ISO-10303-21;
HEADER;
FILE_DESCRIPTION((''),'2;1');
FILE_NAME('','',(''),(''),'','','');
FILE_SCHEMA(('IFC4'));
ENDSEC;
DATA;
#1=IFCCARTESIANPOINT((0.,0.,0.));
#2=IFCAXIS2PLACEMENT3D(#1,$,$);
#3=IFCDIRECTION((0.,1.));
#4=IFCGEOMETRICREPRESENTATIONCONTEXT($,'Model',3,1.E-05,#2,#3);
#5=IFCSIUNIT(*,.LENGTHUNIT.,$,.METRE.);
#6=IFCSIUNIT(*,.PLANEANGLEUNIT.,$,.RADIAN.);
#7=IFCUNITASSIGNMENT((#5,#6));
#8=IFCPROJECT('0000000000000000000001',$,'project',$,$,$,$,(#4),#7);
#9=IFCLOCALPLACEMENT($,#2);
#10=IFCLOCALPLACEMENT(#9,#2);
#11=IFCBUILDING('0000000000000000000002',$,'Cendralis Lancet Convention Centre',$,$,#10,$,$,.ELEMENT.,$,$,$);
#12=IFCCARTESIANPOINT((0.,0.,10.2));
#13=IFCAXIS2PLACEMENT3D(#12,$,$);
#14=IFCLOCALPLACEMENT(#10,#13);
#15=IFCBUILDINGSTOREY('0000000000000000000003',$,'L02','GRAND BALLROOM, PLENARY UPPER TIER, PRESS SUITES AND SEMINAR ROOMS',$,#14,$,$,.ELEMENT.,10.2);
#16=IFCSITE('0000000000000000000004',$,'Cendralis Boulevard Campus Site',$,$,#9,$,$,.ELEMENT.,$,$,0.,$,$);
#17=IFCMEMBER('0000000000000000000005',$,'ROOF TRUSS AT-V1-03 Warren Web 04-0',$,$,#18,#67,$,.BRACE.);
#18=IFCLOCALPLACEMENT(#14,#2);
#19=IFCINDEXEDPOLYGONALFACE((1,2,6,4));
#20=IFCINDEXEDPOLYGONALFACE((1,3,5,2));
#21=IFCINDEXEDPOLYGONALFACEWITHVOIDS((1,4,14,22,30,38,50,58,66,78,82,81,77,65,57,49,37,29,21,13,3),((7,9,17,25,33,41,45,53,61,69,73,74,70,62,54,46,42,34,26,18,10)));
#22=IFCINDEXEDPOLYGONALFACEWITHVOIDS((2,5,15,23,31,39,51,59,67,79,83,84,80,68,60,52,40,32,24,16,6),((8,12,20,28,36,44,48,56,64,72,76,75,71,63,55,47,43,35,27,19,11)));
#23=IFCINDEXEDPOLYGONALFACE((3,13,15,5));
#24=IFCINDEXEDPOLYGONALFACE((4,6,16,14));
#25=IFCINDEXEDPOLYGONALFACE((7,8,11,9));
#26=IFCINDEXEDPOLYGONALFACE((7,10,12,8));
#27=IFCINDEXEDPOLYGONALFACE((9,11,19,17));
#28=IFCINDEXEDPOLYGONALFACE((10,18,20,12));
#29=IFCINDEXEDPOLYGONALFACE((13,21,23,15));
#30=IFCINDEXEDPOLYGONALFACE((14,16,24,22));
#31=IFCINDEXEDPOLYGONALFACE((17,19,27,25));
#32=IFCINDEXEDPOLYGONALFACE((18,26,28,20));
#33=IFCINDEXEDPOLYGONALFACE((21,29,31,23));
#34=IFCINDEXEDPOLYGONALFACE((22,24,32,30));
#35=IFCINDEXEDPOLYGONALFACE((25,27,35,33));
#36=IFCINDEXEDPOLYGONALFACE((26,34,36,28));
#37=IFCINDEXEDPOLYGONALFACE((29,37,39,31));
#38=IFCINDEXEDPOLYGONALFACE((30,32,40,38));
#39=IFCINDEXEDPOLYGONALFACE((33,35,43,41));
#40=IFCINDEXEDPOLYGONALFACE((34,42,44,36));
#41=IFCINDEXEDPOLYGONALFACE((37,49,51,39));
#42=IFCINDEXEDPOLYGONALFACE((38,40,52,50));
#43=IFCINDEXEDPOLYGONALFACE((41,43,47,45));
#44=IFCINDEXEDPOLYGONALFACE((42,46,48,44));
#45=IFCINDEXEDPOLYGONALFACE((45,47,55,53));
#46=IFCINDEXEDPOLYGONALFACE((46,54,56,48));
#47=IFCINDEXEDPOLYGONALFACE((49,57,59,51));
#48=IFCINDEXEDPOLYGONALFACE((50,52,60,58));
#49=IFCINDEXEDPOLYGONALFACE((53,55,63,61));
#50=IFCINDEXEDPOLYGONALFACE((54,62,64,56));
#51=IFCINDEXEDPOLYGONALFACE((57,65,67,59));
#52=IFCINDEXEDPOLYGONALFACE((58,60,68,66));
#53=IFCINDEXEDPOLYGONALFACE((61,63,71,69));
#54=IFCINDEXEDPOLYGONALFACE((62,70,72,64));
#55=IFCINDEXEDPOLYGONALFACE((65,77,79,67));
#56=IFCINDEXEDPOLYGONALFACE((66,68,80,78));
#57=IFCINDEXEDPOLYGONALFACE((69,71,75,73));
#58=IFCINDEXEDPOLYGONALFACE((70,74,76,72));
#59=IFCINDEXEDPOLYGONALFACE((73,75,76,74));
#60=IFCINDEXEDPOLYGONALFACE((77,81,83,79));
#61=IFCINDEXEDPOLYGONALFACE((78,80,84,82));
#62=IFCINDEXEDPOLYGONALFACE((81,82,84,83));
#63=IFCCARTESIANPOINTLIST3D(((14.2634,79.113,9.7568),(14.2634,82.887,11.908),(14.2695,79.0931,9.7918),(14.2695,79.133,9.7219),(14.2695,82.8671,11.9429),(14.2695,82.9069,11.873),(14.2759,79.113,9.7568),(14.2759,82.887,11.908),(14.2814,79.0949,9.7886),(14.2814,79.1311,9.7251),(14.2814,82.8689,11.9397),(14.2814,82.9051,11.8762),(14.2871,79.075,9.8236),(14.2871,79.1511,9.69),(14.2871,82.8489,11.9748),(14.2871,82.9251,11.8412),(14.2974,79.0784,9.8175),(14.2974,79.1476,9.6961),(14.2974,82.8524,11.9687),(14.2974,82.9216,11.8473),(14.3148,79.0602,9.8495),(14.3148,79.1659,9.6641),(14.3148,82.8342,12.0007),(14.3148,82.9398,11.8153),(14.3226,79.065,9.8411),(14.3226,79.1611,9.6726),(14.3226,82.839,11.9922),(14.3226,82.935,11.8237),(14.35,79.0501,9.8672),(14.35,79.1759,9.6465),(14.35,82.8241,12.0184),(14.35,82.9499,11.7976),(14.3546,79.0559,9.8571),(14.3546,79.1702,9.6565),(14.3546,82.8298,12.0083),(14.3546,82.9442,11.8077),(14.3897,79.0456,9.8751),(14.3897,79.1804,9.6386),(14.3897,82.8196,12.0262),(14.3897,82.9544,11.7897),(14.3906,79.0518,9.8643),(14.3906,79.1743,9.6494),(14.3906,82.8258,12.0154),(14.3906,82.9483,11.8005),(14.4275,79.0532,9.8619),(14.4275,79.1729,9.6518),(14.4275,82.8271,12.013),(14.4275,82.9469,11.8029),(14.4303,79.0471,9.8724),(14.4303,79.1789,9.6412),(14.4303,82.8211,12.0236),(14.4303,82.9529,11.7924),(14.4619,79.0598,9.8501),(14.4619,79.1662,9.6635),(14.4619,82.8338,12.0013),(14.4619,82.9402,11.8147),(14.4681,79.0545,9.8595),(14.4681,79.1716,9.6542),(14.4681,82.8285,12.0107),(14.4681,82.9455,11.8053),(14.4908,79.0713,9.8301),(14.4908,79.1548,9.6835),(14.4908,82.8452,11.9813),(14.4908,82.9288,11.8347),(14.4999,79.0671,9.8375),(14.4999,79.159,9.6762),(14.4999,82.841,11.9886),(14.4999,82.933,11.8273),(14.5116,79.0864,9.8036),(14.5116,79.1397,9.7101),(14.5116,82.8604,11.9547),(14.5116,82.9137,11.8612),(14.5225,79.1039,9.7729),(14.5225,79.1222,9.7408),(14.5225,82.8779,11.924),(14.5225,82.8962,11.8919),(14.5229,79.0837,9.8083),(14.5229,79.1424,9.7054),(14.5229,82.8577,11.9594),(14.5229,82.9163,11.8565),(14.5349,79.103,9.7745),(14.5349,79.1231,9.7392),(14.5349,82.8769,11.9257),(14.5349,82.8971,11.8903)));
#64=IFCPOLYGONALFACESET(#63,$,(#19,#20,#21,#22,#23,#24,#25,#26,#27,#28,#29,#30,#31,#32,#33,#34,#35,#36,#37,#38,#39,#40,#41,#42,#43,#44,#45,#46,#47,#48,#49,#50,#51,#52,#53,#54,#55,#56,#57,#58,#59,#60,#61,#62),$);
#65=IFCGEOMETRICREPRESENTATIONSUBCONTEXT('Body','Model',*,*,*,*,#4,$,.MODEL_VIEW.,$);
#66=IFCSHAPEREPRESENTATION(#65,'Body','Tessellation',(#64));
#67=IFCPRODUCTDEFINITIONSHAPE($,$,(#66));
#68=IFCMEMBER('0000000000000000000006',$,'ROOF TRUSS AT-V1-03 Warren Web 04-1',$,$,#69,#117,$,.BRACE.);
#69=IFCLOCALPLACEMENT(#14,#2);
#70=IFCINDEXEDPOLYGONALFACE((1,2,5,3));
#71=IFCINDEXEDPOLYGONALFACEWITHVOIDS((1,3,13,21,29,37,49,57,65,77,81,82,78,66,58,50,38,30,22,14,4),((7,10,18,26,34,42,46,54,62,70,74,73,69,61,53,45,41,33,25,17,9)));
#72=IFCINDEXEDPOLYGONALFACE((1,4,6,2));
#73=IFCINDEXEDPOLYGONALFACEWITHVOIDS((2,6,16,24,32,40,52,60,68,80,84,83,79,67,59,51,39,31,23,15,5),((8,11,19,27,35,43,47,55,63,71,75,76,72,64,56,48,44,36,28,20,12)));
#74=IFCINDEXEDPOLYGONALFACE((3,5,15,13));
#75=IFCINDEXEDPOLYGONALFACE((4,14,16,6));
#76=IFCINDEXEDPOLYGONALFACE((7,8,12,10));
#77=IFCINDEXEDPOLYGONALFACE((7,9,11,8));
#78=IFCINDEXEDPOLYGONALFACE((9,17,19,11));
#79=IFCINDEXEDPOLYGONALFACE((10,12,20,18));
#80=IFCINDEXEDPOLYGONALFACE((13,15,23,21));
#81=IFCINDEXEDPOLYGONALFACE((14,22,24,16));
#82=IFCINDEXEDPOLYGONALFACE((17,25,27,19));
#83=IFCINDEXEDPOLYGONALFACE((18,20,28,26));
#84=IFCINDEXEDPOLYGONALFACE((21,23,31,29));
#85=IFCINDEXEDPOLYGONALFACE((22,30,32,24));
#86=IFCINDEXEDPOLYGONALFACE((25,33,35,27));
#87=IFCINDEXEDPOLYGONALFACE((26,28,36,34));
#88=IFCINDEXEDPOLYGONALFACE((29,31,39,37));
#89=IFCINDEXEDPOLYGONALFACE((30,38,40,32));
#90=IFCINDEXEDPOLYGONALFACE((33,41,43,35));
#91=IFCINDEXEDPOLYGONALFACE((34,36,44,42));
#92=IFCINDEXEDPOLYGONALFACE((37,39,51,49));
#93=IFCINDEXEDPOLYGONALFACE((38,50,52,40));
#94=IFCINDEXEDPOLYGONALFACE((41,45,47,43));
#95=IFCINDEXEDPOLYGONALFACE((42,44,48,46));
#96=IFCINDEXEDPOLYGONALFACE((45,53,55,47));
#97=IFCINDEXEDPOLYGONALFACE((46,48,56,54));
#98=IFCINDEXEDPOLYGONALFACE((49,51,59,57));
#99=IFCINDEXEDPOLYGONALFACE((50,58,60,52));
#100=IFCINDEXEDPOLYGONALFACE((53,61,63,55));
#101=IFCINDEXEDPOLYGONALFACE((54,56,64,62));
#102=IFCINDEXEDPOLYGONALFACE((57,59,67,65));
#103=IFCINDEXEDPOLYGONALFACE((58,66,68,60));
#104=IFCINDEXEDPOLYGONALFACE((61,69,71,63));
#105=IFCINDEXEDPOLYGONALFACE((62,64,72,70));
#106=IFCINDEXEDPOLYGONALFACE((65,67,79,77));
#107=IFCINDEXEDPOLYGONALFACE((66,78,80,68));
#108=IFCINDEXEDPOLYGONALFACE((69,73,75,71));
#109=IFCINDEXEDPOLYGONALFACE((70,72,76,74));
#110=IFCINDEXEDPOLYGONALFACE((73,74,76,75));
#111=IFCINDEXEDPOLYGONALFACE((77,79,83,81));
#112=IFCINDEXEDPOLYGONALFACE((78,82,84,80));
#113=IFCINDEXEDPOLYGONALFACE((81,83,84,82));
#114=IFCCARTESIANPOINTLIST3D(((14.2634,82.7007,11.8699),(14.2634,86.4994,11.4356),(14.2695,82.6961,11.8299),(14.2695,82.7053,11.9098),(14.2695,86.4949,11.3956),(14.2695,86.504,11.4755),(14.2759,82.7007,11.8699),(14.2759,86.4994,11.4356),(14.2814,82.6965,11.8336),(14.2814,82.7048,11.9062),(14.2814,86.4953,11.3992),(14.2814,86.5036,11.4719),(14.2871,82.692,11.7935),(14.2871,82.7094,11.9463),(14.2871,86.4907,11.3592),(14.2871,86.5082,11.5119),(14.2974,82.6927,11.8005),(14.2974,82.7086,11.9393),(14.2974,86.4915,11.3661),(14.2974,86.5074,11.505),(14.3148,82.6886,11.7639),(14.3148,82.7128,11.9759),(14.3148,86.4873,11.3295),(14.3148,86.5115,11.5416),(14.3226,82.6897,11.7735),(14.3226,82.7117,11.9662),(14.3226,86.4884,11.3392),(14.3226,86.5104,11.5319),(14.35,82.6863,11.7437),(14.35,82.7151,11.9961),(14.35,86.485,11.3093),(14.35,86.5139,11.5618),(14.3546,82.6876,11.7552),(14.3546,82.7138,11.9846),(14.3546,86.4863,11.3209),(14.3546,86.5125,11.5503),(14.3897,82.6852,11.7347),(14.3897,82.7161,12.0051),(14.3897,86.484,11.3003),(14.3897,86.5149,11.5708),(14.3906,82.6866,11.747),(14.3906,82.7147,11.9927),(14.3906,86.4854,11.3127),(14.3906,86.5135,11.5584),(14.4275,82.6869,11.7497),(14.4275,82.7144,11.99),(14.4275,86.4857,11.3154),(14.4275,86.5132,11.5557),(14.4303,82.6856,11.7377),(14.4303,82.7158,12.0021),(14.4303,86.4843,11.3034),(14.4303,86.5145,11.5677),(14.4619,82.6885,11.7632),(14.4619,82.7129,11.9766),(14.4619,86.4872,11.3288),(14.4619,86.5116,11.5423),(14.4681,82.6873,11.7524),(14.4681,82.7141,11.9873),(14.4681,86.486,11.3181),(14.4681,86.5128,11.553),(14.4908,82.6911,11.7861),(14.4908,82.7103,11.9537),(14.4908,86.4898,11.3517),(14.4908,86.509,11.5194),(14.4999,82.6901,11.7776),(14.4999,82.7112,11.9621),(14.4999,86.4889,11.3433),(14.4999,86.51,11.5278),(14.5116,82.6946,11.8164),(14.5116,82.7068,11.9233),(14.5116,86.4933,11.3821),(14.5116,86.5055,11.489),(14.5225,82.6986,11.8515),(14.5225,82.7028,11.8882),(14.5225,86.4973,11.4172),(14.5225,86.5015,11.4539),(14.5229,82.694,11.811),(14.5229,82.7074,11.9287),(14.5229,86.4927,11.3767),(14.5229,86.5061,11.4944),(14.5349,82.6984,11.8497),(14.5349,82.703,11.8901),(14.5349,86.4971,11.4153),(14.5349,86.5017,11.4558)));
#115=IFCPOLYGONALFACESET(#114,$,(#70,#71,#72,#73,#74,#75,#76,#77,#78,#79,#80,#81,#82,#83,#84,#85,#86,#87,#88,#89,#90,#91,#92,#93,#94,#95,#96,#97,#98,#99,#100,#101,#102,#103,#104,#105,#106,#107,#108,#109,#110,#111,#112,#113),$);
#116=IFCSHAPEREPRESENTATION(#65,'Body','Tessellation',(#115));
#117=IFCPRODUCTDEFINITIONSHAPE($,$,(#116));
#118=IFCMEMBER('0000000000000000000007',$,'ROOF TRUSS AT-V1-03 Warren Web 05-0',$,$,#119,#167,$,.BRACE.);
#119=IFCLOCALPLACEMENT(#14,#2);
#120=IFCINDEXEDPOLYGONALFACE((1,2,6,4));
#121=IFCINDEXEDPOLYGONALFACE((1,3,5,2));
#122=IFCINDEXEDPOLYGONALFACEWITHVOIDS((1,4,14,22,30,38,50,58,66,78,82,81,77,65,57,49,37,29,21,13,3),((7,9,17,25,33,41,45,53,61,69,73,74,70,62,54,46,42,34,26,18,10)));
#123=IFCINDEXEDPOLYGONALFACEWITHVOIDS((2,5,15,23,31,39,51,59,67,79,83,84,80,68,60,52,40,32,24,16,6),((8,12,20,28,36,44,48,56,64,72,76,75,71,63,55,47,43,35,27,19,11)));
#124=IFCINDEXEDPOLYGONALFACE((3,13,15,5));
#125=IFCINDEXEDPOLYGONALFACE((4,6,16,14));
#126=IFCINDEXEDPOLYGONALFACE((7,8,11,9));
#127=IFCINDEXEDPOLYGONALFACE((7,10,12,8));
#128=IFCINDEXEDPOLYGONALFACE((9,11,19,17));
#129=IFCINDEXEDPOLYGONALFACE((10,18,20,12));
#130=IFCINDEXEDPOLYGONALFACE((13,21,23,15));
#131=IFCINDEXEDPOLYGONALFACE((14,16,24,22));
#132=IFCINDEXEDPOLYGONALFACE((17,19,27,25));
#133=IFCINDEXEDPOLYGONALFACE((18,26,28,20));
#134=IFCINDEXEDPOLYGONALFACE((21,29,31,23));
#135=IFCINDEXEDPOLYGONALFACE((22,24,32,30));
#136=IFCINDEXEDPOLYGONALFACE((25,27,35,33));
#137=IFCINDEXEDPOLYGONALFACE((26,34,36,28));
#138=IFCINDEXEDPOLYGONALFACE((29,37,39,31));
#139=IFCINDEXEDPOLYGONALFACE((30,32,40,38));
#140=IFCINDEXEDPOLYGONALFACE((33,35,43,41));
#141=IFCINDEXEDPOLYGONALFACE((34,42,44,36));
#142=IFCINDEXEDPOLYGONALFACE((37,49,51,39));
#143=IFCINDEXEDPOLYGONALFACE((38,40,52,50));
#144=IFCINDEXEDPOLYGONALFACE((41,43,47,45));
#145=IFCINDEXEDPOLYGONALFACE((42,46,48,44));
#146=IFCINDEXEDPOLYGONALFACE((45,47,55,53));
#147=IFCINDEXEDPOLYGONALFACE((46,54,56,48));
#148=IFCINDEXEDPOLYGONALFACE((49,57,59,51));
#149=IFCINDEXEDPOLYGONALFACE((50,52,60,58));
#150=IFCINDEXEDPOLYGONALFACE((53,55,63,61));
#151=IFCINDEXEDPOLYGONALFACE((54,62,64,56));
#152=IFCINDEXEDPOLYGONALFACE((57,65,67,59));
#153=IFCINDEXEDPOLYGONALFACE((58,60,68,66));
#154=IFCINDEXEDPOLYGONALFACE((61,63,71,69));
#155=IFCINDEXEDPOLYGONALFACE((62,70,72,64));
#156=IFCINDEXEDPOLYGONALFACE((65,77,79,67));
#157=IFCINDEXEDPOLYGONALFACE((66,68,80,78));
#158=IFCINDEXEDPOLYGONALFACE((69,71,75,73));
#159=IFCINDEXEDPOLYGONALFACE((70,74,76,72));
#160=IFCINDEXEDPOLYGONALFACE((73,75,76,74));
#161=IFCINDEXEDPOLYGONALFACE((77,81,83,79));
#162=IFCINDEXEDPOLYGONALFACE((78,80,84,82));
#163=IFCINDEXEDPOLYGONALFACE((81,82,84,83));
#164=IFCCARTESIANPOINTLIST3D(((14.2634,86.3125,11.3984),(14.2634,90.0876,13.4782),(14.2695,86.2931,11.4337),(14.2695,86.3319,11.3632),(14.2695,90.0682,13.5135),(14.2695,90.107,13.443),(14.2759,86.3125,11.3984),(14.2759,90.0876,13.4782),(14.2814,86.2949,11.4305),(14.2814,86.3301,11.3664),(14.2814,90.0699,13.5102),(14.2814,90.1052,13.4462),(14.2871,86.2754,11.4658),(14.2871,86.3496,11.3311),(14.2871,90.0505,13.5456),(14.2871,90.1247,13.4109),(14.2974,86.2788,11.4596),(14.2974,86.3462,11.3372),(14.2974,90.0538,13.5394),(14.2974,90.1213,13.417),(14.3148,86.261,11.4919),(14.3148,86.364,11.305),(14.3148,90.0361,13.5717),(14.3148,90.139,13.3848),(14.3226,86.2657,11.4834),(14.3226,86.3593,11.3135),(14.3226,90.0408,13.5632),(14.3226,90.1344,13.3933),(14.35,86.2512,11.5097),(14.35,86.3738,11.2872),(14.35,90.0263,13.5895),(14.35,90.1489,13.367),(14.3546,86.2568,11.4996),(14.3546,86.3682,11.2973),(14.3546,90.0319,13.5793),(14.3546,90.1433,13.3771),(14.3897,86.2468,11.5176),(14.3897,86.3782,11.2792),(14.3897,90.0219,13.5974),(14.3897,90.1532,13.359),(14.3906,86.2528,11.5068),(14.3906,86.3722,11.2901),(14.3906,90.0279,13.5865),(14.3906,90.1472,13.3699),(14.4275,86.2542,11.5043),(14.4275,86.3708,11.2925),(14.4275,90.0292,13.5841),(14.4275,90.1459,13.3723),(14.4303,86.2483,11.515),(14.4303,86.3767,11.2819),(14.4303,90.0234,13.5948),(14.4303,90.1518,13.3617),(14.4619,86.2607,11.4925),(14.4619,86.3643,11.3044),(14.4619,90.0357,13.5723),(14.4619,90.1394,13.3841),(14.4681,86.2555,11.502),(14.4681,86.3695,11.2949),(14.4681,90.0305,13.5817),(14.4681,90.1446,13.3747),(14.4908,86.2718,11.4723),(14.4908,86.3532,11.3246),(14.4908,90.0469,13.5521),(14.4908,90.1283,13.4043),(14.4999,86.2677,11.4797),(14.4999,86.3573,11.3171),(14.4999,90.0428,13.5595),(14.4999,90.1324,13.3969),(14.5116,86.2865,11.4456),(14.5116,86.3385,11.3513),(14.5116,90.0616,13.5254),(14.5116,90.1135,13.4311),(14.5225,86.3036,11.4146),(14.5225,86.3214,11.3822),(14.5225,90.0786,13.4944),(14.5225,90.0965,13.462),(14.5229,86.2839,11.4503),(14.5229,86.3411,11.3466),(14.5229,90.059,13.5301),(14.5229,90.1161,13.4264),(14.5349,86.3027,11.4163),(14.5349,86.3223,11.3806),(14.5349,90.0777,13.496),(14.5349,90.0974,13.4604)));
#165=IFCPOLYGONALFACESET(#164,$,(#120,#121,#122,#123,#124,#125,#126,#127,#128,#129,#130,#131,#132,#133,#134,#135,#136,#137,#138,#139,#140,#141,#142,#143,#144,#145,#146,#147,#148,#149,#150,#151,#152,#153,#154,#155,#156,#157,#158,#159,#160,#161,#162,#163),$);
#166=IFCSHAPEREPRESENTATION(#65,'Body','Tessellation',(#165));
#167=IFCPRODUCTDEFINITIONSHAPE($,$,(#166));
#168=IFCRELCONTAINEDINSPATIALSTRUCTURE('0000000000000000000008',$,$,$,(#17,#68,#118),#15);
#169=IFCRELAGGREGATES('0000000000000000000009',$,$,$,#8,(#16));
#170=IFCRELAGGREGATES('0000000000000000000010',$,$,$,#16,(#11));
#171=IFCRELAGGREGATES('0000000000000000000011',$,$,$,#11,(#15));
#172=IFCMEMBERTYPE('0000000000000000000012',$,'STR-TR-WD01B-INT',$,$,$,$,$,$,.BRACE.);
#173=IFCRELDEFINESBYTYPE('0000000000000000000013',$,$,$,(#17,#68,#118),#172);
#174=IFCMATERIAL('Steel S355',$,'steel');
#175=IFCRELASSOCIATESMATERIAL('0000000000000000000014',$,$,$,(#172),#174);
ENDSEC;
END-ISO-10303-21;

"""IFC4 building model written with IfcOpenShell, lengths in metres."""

from ifc_helpers import new_model, si_unit, direction, frame, origin, origin_2d, place, context, subcontext, project, spatial, hollow_circle, extrude, material, material_profile, profile_set, type_object, element, save


model = new_model("IFC4")

# Units and contexts
model_context = context("Model", 3, precision=1e-05, world=origin(), true_north=direction((0.0, 1.0)))
body_context = subcontext(model_context, "Body", "Model", "MODEL_VIEW")
ifc_project = project(units=[si_unit("LENGTHUNIT", "METRE"), si_unit("PLANEANGLEUNIT", "RADIAN")], contexts=[model_context])

# Site, building, storey
site_placement = place(None, origin())
site = spatial("IfcSite", under=ifc_project, at=site_placement, Name="Cendralis Boulevard Campus Site", CompositionType="ELEMENT", RefElevation=0.0)
building_placement = place(site_placement, origin())
building = spatial("IfcBuilding", under=site, at=building_placement, Name="Cendralis Lancet Convention Centre", CompositionType="ELEMENT")
storey_placement = place(building_placement, frame((0.0, 0.0, 10.2)))
storey = spatial("IfcBuildingStorey", under=building, at=storey_placement, Name="L02", Description="GRAND BALLROOM, PLENARY UPPER TIER, PRESS SUITES AND SEMINAR ROOMS", CompositionType="ELEMENT", Elevation=10.2)

# Members
ifc_material = material(Name="Steel S355", Category="steel")
ifc_material_profile_1 = material_profile(ifc_material, hollow_circle(Radius=0.1365, WallThickness=0.0125, at=origin_2d()), Name="CHS 273.0x12.5")
ifc_profile_set_1 = profile_set([ifc_material_profile_1], Name="Steel S355")
member_type_1 = type_object("IfcMemberType", Name="STR-TR-WD01B-INT", PredefinedType="BRACE", material=ifc_profile_set_1)
member_1_placement = place(storey_placement, frame((14.3999, 79.113, 9.7568), z_axis=(0.0, 0.868779, 0.4952), x_axis=(-1.0, 0.0, 0.0)))
element("IfcMember", 1, at=member_1_placement, inside=storey, type_object=member_type_1, Name="ROOF TRUSS AT-V1-03 Warren Web 04-0", PredefinedType="BRACE", context=body_context, shape_type="SweptSolid", body=[
    extrude(hollow_circle(Radius=0.1365, WallThickness=0.0125, at=origin_2d()), origin(), (0.0, 0.0, 1.0), 4.344),
])
member_2_placement = place(storey_placement, frame((14.3999, 82.7007, 11.8699), z_axis=(0.0, 0.993528, -0.113592), x_axis=(-1.0, 0.0, 0.0)))
element("IfcMember", 2, at=member_2_placement, inside=storey, type_object=member_type_1, Name="ROOF TRUSS AT-V1-03 Warren Web 04-1", PredefinedType="BRACE", context=body_context, shape_type="SweptSolid", body=[
    extrude(hollow_circle(Radius=0.1365, WallThickness=0.0125, at=origin_2d()), origin(), (0.0, 0.0, 1.0), 3.8235),
])
member_3_placement = place(storey_placement, frame((14.3999, 86.3125, 11.3984), z_axis=(0.0, 0.875872, 0.482543), x_axis=(-1.0, 0.0, 0.0)))
element("IfcMember", 3, at=member_3_placement, inside=storey, type_object=member_type_1, Name="ROOF TRUSS AT-V1-03 Warren Web 05-0", PredefinedType="BRACE", context=body_context, shape_type="SweptSolid", body=[
    extrude(hollow_circle(Radius=0.1365, WallThickness=0.0125, at=origin_2d()), origin(), (0.0, 0.0, 1.0), 4.3101),
])

save(model, "model.ifc")
